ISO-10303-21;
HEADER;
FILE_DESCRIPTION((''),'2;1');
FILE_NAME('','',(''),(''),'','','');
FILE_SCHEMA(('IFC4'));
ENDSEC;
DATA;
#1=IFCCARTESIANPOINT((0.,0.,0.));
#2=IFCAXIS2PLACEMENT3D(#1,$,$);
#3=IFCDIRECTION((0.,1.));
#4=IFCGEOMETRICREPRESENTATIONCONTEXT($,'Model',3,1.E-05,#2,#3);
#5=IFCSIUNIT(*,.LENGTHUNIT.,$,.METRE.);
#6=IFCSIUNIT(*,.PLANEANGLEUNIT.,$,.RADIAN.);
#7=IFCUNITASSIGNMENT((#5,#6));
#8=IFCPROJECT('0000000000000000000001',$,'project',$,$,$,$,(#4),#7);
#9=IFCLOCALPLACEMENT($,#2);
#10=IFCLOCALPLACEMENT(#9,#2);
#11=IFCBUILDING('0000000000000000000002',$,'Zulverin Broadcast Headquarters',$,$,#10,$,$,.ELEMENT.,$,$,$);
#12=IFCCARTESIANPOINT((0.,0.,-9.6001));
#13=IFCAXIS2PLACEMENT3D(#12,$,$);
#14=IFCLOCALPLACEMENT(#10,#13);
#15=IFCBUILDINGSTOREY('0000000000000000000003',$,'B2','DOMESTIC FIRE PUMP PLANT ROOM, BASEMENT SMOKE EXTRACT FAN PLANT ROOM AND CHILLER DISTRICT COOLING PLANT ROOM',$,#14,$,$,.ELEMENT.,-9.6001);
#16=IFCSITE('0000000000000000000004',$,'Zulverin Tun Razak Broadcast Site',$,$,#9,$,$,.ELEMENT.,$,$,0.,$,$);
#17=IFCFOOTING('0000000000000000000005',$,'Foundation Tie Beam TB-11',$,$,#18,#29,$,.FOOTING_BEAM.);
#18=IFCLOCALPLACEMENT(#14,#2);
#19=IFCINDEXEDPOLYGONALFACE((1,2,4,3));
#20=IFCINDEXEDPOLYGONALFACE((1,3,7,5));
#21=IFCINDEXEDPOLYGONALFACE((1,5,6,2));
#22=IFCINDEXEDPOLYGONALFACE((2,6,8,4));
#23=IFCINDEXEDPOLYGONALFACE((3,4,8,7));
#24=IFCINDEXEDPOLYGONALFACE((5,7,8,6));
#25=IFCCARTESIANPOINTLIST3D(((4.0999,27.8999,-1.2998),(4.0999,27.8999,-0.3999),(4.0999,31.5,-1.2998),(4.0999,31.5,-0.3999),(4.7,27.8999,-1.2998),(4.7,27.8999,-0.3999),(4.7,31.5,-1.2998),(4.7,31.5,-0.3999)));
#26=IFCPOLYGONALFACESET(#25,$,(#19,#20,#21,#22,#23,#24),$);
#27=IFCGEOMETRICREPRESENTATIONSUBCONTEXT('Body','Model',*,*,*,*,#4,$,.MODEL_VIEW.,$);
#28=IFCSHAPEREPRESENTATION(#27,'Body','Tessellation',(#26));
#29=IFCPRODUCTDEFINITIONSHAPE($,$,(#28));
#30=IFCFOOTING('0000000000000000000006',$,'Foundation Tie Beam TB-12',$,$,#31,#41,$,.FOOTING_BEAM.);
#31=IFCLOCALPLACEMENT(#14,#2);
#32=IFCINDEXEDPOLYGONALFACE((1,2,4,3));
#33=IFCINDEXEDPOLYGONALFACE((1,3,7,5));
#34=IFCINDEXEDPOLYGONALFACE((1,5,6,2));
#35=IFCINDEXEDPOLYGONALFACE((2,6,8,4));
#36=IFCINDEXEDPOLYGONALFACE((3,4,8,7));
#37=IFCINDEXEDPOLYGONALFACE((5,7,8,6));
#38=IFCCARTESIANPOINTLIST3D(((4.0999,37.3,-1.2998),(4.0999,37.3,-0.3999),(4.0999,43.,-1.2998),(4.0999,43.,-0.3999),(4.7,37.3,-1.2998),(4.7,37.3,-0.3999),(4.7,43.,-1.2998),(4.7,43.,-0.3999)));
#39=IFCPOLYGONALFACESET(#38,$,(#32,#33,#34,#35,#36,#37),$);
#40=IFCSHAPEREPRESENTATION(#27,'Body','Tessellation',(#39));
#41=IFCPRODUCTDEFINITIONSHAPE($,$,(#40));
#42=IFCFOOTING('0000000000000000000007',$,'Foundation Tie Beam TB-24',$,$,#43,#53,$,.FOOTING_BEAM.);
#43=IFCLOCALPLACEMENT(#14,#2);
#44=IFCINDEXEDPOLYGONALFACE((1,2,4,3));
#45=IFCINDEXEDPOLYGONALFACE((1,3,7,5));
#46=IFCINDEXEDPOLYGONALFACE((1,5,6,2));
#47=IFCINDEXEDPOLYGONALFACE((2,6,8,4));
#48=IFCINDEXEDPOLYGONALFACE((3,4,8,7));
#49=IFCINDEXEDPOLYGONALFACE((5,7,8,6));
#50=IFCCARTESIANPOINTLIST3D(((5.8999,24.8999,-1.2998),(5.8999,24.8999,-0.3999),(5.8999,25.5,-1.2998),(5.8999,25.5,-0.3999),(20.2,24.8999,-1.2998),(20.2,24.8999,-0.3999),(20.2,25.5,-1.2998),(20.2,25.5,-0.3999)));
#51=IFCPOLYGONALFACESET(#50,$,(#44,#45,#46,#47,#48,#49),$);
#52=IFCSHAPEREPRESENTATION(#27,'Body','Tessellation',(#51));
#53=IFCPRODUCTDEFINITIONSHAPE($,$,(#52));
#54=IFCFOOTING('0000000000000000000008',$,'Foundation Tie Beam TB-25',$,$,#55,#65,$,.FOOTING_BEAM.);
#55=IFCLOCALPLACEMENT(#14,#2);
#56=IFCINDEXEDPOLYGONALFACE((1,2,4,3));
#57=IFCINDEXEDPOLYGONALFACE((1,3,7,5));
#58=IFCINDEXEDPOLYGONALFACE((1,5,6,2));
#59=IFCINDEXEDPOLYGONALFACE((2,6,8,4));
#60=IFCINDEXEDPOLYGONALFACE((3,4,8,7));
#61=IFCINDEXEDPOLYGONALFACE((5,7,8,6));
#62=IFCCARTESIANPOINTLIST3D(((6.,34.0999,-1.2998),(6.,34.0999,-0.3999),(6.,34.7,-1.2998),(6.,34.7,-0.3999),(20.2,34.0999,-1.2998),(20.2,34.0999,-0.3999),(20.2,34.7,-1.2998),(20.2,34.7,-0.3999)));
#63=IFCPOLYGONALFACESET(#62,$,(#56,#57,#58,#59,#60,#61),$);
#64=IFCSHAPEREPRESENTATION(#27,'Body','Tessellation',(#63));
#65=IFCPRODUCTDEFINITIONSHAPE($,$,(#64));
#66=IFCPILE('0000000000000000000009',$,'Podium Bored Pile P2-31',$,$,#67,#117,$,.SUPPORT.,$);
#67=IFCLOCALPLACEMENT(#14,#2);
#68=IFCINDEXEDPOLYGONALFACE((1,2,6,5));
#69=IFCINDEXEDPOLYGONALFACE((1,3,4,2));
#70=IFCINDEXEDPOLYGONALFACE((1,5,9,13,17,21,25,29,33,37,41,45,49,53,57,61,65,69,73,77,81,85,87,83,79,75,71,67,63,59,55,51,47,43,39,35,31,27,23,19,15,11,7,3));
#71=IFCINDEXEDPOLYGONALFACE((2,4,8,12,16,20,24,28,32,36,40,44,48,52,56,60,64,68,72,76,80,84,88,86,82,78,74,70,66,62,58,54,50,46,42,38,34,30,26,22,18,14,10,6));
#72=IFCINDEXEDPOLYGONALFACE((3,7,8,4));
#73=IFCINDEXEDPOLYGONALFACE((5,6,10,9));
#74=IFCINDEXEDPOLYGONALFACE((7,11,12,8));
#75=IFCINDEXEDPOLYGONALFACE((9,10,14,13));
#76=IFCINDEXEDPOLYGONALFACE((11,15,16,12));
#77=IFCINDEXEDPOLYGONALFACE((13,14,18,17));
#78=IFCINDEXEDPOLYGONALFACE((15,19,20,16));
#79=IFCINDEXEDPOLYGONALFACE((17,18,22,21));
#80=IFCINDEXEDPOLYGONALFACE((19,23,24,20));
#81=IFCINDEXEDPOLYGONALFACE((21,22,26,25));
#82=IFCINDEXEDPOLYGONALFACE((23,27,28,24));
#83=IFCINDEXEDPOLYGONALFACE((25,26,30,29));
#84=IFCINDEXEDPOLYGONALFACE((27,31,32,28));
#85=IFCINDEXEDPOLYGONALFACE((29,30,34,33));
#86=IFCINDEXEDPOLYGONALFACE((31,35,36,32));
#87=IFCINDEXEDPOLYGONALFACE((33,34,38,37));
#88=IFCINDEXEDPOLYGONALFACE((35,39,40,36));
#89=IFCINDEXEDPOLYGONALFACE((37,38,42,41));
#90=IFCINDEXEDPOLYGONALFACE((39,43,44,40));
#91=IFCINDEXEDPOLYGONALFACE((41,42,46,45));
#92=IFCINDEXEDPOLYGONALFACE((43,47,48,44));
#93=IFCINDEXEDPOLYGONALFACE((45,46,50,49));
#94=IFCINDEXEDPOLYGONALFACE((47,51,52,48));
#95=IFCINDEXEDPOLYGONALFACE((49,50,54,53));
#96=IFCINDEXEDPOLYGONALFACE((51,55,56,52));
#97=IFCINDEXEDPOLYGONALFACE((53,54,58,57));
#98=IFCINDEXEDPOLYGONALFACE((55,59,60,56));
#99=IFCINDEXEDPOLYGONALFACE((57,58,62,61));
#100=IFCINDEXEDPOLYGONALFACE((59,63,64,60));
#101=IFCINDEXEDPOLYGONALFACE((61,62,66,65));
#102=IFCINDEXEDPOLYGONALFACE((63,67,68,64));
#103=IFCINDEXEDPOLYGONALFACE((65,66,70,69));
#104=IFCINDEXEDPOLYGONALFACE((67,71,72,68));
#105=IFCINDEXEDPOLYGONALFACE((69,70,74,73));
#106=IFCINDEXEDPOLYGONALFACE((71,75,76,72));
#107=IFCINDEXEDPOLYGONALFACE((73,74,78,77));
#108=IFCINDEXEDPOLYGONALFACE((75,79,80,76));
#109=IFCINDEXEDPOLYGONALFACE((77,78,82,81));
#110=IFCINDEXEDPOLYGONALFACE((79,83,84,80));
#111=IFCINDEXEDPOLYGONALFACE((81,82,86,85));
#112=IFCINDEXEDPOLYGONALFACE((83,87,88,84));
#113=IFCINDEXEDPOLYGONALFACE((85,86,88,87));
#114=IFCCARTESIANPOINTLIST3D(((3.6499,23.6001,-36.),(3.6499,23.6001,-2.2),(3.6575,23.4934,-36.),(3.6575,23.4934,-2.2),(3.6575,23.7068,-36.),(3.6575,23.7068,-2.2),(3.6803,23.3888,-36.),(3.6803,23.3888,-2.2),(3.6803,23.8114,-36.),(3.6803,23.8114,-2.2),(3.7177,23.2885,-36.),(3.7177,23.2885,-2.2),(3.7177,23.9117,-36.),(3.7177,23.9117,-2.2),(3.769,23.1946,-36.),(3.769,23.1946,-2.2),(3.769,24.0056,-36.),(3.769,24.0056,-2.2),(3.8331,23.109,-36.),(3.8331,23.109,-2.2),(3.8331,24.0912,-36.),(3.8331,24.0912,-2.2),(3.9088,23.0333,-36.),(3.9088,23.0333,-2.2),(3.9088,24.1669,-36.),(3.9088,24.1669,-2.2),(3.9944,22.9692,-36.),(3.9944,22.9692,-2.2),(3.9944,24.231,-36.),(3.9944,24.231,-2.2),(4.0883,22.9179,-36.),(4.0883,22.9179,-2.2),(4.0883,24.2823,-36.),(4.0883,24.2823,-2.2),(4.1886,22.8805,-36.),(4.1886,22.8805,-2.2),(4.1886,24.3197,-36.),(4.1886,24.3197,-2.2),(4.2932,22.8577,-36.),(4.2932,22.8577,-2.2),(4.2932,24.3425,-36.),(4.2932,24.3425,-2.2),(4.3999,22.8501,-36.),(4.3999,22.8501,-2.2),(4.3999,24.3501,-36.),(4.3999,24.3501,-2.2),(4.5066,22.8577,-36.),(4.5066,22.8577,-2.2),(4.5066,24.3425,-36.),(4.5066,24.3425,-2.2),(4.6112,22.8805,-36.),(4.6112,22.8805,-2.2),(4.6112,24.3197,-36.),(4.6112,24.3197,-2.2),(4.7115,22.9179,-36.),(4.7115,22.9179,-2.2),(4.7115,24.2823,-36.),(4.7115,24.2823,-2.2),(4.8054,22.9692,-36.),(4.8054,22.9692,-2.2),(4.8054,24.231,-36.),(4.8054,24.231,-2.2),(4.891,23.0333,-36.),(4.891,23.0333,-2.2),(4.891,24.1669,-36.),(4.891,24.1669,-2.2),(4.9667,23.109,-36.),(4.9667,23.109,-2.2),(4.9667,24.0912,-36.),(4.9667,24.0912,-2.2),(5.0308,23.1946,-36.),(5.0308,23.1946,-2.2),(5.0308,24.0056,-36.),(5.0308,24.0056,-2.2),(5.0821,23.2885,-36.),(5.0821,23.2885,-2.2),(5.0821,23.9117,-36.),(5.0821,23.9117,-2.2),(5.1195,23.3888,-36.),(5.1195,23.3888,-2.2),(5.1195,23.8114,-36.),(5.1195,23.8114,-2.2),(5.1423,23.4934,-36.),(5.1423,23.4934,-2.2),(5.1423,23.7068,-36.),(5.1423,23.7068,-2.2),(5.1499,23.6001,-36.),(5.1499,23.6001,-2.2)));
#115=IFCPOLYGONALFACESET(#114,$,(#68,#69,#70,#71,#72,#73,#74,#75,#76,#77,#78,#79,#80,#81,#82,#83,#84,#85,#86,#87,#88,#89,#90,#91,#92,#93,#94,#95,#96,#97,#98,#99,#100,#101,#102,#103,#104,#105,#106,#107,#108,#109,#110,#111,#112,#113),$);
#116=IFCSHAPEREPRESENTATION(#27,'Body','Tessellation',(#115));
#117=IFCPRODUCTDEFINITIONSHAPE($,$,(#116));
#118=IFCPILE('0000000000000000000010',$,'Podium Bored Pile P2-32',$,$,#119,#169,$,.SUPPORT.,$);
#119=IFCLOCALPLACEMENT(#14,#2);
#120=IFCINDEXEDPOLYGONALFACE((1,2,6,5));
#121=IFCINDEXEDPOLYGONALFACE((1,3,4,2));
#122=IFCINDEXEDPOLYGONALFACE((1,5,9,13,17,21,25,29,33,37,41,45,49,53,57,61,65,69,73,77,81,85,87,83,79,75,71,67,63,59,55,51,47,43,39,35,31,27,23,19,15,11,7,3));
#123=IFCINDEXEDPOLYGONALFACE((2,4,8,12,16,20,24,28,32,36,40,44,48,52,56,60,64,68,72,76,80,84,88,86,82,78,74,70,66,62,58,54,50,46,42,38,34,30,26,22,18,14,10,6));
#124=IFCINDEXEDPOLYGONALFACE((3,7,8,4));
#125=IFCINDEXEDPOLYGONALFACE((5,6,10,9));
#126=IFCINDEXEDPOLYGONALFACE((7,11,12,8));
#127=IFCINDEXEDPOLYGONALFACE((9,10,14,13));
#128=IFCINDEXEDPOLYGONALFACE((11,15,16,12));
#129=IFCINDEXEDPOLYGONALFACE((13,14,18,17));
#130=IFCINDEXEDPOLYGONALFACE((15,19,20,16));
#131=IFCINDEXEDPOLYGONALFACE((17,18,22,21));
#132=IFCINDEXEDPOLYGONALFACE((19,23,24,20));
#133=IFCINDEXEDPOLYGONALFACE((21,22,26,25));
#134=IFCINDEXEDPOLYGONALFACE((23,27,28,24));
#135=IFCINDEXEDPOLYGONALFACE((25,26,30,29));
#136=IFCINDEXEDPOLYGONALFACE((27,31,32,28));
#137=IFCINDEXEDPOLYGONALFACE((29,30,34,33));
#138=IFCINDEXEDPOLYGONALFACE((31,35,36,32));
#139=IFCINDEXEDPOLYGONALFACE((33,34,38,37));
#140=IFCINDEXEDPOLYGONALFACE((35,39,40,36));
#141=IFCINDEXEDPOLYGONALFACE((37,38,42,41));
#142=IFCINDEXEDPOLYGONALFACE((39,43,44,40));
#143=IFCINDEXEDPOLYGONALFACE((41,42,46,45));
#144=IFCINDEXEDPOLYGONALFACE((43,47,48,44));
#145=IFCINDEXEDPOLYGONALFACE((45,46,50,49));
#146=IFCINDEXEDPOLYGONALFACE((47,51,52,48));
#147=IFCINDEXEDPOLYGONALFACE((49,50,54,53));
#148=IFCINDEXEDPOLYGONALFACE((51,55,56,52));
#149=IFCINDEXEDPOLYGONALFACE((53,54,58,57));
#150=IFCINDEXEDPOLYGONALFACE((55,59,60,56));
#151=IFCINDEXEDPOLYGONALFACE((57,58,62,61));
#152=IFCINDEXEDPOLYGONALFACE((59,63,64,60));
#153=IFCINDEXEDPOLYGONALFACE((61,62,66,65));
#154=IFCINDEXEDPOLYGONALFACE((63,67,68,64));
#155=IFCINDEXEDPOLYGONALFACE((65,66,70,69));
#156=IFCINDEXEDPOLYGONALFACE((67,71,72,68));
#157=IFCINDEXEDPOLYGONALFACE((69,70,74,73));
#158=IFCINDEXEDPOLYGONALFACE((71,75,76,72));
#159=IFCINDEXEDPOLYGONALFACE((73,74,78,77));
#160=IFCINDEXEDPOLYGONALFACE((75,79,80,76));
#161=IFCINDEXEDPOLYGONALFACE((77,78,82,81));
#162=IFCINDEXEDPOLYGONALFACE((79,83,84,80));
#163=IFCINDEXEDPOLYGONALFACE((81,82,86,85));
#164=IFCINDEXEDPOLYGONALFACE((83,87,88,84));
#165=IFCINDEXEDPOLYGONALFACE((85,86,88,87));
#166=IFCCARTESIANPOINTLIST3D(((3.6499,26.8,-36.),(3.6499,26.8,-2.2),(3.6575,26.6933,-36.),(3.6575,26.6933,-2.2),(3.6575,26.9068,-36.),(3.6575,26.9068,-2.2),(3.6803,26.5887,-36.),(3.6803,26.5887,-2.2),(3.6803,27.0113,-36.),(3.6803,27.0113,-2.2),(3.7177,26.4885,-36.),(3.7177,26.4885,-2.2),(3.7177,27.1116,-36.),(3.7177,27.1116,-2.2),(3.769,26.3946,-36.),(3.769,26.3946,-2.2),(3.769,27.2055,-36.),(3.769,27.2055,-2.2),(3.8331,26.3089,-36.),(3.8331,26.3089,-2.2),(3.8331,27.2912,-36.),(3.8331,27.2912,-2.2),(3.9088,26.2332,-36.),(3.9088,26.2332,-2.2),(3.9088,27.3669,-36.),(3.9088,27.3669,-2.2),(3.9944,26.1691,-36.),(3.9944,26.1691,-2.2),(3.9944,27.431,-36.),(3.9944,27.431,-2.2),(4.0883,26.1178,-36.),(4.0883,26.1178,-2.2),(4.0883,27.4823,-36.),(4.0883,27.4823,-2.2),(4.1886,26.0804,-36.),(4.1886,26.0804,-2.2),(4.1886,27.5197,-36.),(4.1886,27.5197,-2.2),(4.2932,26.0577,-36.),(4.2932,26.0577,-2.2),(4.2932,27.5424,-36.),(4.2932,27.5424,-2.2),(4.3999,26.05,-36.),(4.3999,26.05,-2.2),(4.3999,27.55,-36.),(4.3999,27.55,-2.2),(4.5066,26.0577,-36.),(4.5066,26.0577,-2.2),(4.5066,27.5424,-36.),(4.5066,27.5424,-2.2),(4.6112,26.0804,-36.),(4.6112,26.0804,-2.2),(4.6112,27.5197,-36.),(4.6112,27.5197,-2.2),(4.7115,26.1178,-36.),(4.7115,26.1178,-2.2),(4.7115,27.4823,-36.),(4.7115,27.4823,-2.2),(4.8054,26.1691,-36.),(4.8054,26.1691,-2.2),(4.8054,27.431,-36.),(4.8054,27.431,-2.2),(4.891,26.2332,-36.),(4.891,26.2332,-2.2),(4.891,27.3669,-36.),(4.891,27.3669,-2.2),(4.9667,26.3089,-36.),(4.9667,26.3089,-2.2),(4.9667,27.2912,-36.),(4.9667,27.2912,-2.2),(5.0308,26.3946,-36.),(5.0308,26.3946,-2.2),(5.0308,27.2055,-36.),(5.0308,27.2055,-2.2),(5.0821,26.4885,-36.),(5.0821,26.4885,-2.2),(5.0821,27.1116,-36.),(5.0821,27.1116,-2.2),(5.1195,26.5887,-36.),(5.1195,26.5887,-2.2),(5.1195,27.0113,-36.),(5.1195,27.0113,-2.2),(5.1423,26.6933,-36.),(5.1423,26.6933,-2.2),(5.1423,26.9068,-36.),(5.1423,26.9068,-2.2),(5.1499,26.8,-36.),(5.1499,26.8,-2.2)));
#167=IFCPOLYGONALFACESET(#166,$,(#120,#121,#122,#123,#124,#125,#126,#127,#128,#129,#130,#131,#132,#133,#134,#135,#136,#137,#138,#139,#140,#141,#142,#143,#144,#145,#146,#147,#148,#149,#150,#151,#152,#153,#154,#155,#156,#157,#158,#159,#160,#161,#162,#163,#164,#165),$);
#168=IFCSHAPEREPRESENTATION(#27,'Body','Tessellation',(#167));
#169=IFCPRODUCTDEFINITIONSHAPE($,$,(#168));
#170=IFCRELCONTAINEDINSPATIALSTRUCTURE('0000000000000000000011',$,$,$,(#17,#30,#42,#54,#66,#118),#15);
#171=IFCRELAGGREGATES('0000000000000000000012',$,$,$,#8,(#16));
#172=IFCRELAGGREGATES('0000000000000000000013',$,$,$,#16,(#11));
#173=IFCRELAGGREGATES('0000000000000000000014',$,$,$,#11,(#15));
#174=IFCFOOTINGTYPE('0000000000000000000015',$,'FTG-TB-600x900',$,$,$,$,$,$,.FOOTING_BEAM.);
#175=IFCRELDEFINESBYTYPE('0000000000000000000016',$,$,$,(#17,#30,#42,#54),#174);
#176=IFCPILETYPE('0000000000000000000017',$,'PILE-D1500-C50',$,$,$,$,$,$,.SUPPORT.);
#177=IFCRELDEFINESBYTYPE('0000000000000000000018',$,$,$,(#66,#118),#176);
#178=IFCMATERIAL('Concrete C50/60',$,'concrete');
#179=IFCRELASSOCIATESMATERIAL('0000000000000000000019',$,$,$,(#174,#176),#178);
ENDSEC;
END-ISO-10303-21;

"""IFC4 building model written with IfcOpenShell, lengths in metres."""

from ifc_helpers import new_model, si_unit, direction, frame, origin, origin_2d, place, context, subcontext, project, spatial, rectangle, circle, extrude, material, material_profile, profile_set, type_object, element, save


model = new_model("IFC4")

# Units and contexts
model_context = context("Model", 3, precision=1e-05, world=origin(), true_north=direction((0.0, 1.0)))
body_context = subcontext(model_context, "Body", "Model", "MODEL_VIEW")
ifc_project = project(units=[si_unit("LENGTHUNIT", "METRE"), si_unit("PLANEANGLEUNIT", "RADIAN")], contexts=[model_context])

# Site, building, storey
site_placement = place(None, origin())
site = spatial("IfcSite", under=ifc_project, at=site_placement, Name="Zulverin Tun Razak Broadcast Site", CompositionType="ELEMENT", RefElevation=0.0)
building_placement = place(site_placement, origin())
building = spatial("IfcBuilding", under=site, at=building_placement, Name="Zulverin Broadcast Headquarters", CompositionType="ELEMENT")
storey_placement = place(building_placement, frame((0.0, 0.0, -9.6001)))
storey = spatial("IfcBuildingStorey", under=building, at=storey_placement, Name="B2", Description="DOMESTIC FIRE PUMP PLANT ROOM, BASEMENT SMOKE EXTRACT FAN PLANT ROOM AND CHILLER DISTRICT COOLING PLANT ROOM", CompositionType="ELEMENT", Elevation=-9.6001)

# Footings
ifc_material_1 = material(Name="Concrete C50/60", Category="concrete")
ifc_material_profile_1 = material_profile(ifc_material_1, rectangle(XDim=0.6001, YDim=0.8999, at=origin_2d()), Name="Concrete C50/60", Category="concrete")
ifc_profile_set_1 = profile_set([ifc_material_profile_1], Name="Concrete C50/60")
footing_type = type_object("IfcFootingType", Name="FTG-TB-600x900", PredefinedType="FOOTING_BEAM", material=ifc_profile_set_1)
footing_1_placement = place(storey_placement, frame((4.3999, 27.8999, -0.8499), z_axis=(0.0, 1.0, 0.0), x_axis=(-1.0, 0.0, 0.0)))
element("IfcFooting", 1, at=footing_1_placement, inside=storey, type_object=footing_type, Name="Foundation Tie Beam TB-11", PredefinedType="FOOTING_BEAM", context=body_context, shape_type="SweptSolid", body=[
    extrude(rectangle(XDim=0.6001, YDim=0.8999, at=origin_2d()), origin(), (0.0, 0.0, 1.0), 3.6001),
])
footing_2_placement = place(storey_placement, frame((4.3999, 37.3, -0.8499), z_axis=(0.0, 1.0, 0.0), x_axis=(-1.0, 0.0, 0.0)))
element("IfcFooting", 2, at=footing_2_placement, inside=storey, type_object=footing_type, Name="Foundation Tie Beam TB-12", PredefinedType="FOOTING_BEAM", context=body_context, shape_type="SweptSolid", body=[
    extrude(rectangle(XDim=0.6001, YDim=0.8999, at=origin_2d()), origin(), (0.0, 0.0, 1.0), 5.7),
])
footing_3_placement = place(storey_placement, frame((5.8999, 25.2, -0.8499), z_axis=(1.0, 0.0, 0.0), x_axis=(0.0, 1.0, 0.0)))
element("IfcFooting", 3, at=footing_3_placement, inside=storey, type_object=footing_type, Name="Foundation Tie Beam TB-24", PredefinedType="FOOTING_BEAM", context=body_context, shape_type="SweptSolid", body=[
    extrude(rectangle(XDim=0.6001, YDim=0.8999, at=origin_2d()), origin(), (0.0, 0.0, 1.0), 14.3),
])
footing_4_placement = place(storey_placement, frame((6.0, 34.3999, -0.8499), z_axis=(1.0, 0.0, 0.0), x_axis=(0.0, 1.0, 0.0)))
element("IfcFooting", 4, at=footing_4_placement, inside=storey, type_object=footing_type, Name="Foundation Tie Beam TB-25", PredefinedType="FOOTING_BEAM", context=body_context, shape_type="SweptSolid", body=[
    extrude(rectangle(XDim=0.6001, YDim=0.8999, at=origin_2d()), origin(), (0.0, 0.0, 1.0), 14.2),
])

# Piles
ifc_material_profile_2 = material_profile(ifc_material_1, circle(Radius=0.75, at=origin_2d()), Name="Concrete C50/60", Category="concrete")
ifc_profile_set_2 = profile_set([ifc_material_profile_2], Name="Concrete C50/60")
pile_type_1 = type_object("IfcPileType", Name="PILE-D1500-C50", PredefinedType="SUPPORT", material=ifc_profile_set_2)
for number, where, z_axis, x_axis, name in (
    (5, (4.3999, 23.6001, -2.2), (0.0, 0.0, -1.0), (1.0, 0.0, 0.0), "Podium Bored Pile P2-31"),
    (6, (4.3999, 26.8, -2.2), (0.0, 0.0, -1.0), (1.0, 0.0, 0.0), "Podium Bored Pile P2-32"),
):
    element("IfcPile", number, at=place(storey_placement, frame(where, z_axis=z_axis, x_axis=x_axis)), inside=storey, type_object=pile_type_1, Name=name, PredefinedType="SUPPORT", context=body_context, shape_type="SweptSolid", body=[
        extrude(circle(Radius=0.75, at=origin_2d()), origin(), (0.0, 0.0, 1.0), 33.8),
    ])

save(model, "model.ifc")
